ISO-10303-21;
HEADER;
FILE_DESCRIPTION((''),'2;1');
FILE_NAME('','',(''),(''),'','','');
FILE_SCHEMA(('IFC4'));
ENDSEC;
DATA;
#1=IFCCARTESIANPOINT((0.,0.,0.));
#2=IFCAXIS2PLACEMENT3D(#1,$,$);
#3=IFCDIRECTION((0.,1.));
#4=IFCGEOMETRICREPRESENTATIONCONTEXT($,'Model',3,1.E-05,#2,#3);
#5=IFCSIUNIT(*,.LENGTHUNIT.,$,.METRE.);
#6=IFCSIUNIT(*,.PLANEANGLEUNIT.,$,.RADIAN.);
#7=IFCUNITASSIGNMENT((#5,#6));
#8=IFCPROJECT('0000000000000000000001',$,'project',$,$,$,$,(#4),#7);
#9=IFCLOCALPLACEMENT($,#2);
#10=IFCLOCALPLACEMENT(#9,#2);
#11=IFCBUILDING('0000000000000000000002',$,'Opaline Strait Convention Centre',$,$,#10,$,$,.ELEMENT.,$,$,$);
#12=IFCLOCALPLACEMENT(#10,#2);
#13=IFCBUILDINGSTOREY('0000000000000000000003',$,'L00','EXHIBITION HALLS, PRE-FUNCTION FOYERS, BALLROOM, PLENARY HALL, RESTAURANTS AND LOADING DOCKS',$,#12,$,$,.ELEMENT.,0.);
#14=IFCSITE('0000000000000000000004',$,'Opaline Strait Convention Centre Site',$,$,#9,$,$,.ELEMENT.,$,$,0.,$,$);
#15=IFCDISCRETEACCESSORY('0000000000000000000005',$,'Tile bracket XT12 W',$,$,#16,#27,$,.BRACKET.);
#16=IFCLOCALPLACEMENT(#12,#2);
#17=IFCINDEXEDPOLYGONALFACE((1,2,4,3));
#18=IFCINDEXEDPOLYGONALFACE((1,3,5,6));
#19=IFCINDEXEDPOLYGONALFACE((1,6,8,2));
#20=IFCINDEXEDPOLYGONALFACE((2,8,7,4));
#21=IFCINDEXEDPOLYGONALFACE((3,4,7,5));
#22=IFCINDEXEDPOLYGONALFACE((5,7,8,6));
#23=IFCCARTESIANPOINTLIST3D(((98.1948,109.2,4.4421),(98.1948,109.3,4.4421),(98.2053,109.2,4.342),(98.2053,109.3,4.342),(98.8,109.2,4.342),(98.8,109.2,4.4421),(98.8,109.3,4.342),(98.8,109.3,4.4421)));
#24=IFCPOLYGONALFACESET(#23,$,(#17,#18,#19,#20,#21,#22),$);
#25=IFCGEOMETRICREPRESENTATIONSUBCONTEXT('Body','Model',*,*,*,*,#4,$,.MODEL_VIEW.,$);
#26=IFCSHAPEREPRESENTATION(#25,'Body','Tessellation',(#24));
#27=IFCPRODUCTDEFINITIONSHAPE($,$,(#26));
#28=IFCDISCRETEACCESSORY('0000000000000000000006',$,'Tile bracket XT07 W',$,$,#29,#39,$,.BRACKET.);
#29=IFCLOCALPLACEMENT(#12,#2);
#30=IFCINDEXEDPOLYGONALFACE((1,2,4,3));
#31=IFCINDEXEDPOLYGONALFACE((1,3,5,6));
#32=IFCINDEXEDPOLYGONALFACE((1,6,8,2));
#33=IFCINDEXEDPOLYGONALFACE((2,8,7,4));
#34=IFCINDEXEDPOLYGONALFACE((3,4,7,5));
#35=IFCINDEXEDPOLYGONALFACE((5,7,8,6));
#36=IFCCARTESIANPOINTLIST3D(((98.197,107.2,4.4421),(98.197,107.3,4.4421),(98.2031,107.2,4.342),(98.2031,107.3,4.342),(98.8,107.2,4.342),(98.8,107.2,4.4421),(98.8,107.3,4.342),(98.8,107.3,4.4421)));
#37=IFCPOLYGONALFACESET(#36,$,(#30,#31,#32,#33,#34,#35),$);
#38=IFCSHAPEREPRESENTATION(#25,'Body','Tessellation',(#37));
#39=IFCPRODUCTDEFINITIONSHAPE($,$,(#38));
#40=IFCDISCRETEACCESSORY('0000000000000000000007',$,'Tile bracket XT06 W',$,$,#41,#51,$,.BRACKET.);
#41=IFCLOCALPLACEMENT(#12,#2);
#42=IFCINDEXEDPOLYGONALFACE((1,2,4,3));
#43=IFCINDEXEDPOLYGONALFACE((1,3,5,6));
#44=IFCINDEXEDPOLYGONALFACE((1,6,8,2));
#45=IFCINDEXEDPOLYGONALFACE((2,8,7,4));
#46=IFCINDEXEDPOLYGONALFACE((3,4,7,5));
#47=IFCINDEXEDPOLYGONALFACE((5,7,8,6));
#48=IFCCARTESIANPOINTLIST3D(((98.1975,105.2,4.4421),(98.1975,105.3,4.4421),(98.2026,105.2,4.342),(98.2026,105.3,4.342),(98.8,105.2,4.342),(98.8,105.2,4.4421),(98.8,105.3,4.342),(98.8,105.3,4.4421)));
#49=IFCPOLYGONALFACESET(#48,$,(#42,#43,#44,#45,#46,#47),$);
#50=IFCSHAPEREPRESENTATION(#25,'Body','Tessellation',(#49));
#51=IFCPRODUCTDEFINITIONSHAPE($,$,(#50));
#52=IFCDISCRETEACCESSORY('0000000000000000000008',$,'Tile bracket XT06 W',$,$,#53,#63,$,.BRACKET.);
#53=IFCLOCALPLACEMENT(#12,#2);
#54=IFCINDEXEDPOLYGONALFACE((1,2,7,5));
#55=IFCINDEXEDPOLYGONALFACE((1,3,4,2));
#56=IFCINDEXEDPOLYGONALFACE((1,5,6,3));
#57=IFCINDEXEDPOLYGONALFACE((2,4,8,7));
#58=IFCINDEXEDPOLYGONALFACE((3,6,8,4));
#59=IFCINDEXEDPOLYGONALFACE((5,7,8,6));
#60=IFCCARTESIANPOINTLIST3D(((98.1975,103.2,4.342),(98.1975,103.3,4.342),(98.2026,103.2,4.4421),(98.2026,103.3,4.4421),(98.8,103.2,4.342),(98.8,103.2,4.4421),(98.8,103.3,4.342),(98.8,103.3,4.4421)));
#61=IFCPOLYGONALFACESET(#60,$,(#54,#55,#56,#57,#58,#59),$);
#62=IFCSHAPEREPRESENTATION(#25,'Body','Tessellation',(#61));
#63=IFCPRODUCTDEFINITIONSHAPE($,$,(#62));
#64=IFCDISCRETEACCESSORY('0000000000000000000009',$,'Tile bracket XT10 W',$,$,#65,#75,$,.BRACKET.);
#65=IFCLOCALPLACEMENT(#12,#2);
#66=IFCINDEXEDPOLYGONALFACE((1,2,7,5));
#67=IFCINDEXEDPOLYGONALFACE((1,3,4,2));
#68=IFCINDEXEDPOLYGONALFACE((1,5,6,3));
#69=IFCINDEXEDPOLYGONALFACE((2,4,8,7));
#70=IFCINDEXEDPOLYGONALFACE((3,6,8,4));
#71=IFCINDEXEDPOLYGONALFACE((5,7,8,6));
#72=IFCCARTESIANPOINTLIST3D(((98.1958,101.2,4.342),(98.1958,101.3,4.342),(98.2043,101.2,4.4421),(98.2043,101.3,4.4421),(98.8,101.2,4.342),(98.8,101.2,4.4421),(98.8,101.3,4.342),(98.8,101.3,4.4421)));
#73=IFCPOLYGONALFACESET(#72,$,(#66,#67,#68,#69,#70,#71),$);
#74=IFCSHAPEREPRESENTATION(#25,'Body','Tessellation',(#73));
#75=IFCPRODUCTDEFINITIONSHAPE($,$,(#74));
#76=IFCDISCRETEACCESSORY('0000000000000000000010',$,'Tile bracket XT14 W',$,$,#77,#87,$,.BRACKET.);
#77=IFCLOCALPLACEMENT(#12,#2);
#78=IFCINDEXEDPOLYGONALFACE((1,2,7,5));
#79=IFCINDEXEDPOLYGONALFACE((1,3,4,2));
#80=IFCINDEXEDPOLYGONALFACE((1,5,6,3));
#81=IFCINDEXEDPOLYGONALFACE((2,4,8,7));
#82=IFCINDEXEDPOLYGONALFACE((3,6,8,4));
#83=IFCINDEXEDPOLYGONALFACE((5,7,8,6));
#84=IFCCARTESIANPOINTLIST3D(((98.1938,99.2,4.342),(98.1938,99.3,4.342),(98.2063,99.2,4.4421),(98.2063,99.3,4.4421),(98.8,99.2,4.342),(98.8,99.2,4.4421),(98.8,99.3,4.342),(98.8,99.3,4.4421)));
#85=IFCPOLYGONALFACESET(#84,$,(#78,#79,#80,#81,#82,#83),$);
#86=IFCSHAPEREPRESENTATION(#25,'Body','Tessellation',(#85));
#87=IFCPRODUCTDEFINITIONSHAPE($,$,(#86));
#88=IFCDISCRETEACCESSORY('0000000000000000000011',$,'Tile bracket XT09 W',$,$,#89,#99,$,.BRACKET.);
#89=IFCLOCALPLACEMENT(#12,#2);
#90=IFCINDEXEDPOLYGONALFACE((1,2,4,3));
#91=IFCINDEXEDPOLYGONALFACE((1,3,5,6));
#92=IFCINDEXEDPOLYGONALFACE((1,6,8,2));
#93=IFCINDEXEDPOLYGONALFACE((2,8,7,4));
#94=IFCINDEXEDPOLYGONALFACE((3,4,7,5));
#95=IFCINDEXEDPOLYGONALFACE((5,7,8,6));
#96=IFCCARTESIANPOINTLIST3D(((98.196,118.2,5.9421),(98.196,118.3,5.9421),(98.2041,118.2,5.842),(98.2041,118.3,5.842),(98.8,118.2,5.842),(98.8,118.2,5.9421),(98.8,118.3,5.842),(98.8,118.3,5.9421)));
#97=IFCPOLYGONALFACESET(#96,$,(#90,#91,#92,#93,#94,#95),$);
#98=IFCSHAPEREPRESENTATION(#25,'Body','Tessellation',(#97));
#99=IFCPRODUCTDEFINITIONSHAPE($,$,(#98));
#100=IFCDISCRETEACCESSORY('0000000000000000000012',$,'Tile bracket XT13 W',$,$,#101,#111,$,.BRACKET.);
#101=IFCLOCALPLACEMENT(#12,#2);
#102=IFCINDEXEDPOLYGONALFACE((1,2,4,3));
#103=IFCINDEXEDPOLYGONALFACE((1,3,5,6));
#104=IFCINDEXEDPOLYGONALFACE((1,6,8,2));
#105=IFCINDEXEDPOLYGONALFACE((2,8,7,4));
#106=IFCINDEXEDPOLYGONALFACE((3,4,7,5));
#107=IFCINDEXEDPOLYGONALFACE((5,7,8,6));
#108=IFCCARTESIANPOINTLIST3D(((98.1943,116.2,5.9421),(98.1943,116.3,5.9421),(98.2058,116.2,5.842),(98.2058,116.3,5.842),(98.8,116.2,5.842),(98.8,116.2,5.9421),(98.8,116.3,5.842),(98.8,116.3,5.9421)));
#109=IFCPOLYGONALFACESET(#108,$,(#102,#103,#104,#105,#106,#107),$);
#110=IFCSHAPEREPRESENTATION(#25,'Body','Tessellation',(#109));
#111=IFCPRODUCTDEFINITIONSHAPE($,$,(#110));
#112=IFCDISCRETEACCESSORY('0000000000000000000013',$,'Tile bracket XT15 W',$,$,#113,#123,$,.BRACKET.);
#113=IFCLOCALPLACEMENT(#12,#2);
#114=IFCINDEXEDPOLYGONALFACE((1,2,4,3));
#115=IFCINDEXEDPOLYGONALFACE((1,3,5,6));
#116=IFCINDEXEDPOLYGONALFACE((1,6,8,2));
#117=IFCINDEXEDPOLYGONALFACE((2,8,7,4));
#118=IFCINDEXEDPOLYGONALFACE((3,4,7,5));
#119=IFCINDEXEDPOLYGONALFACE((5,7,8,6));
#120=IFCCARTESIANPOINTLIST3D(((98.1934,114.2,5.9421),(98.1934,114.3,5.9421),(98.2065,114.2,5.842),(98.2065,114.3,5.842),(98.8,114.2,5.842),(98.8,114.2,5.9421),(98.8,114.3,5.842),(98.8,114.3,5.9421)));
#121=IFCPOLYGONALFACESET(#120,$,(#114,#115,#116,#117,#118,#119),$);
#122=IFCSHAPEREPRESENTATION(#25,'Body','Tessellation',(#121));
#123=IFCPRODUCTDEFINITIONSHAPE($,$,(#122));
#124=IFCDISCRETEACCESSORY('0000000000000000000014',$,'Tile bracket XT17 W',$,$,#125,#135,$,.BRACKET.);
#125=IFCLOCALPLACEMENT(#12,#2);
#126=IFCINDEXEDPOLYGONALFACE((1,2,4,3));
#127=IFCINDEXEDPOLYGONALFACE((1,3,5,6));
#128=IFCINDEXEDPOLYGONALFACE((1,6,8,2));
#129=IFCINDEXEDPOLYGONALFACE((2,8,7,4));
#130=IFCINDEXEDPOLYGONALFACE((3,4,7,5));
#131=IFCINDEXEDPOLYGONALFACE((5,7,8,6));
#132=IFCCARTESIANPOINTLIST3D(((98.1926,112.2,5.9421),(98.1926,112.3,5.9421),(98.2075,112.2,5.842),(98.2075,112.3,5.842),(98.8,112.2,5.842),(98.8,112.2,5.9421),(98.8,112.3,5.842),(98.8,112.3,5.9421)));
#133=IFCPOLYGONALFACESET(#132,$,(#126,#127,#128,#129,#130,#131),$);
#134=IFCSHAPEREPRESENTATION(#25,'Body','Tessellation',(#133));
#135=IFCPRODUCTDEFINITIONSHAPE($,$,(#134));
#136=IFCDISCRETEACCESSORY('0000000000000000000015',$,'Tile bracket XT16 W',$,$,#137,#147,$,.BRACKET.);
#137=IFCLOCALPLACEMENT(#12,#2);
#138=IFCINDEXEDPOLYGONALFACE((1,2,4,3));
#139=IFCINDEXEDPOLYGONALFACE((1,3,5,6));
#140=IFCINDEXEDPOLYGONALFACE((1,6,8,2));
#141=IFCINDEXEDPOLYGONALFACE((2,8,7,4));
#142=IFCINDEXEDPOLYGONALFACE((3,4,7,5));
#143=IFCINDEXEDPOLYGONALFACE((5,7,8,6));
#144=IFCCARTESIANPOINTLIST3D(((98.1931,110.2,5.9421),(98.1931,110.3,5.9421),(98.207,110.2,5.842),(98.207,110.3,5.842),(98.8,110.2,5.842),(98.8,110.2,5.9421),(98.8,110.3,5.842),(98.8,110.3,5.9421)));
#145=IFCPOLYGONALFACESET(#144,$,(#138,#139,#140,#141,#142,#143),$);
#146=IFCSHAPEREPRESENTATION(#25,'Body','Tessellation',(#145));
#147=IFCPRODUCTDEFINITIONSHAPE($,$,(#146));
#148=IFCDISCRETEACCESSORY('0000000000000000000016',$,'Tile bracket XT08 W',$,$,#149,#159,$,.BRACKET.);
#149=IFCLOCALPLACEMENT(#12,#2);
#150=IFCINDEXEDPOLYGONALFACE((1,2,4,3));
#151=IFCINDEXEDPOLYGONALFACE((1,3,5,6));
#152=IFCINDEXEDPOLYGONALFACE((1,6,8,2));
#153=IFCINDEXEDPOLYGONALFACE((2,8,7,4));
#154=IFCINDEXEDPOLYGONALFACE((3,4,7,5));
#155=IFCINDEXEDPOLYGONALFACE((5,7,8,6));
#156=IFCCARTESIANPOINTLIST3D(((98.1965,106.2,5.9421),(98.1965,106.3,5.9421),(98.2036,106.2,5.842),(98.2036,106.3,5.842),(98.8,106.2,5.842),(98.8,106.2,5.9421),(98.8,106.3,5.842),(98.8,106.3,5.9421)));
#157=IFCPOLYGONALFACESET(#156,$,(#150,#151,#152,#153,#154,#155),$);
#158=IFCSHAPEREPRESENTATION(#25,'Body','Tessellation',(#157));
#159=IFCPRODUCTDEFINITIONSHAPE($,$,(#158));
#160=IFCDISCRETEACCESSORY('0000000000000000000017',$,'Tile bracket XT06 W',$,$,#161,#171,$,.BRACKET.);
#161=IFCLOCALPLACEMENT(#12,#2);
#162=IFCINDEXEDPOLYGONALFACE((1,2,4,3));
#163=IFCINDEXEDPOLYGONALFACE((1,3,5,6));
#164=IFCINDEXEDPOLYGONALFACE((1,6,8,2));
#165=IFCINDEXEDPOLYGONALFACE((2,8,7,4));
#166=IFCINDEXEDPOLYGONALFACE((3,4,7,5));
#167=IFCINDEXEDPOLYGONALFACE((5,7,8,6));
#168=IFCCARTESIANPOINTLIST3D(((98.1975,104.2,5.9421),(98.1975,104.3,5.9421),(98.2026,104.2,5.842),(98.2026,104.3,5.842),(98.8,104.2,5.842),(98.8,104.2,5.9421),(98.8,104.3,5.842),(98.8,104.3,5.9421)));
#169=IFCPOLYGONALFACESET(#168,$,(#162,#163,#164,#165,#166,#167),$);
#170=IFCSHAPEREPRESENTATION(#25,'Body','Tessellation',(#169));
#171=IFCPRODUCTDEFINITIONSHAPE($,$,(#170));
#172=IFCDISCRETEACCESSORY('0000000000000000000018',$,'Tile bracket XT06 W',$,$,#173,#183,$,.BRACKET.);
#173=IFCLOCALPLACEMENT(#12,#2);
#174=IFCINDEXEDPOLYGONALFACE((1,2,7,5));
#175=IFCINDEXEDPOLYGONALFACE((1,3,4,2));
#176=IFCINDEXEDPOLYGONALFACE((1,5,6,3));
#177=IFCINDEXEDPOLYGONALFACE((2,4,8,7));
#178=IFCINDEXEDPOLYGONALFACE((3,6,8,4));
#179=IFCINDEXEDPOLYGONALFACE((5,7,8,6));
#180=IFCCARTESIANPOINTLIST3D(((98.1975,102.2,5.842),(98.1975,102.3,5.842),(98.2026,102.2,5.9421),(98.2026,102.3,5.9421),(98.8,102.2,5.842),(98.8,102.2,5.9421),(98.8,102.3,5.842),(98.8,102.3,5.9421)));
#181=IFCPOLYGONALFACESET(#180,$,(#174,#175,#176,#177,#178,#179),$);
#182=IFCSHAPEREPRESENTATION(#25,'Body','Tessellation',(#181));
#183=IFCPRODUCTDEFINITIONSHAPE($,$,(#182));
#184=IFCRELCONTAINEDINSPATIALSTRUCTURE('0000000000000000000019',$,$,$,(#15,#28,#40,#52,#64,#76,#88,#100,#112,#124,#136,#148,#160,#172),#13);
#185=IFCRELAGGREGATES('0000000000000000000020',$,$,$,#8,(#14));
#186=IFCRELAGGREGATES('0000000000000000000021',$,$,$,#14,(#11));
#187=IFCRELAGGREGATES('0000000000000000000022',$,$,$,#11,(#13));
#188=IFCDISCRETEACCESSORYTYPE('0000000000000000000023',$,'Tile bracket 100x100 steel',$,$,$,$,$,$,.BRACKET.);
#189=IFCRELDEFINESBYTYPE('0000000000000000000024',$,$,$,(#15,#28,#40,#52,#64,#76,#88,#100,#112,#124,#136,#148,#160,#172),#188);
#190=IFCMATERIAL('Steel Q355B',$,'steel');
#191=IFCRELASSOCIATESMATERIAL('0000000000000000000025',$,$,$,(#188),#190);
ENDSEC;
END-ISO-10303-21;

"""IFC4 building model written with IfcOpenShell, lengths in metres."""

from ifc_helpers import new_model, si_unit, direction, frame, origin, place, context, subcontext, project, spatial, polyline, outline, extrude, material, type_object, element, save


model = new_model("IFC4")

# Units and contexts
model_context = context("Model", 3, precision=1e-05, world=origin(), true_north=direction((0.0, 1.0)))
body_context = subcontext(model_context, "Body", "Model", "MODEL_VIEW")
ifc_project = project(units=[si_unit("LENGTHUNIT", "METRE"), si_unit("PLANEANGLEUNIT", "RADIAN")], contexts=[model_context])

# Site, building, storey
site_placement = place(None, origin())
site = spatial("IfcSite", under=ifc_project, at=site_placement, Name="Opaline Strait Convention Centre Site", CompositionType="ELEMENT", RefElevation=0.0)
building_placement = place(site_placement, origin())
building = spatial("IfcBuilding", under=site, at=building_placement, Name="Opaline Strait Convention Centre", CompositionType="ELEMENT")
storey_placement = place(building_placement, origin())
storey = spatial("IfcBuildingStorey", under=building, at=storey_placement, Name="L00", Description="EXHIBITION HALLS, PRE-FUNCTION FOYERS, BALLROOM, PLENARY HALL, RESTAURANTS AND LOADING DOCKS", CompositionType="ELEMENT", Elevation=0.0)

# Shared definitions
ifc_material_1 = material(Name="Steel Q355B", Category="steel")

# Discrete accessories
discrete_accessory_type = type_object("IfcDiscreteAccessoryType", Name="Tile bracket 100x100 steel", PredefinedType="BRACKET", material=ifc_material_1)
discrete_accessory_1_placement = place(storey_placement, frame((98.8, 109.3, 4.3921), z_axis=(0.0, -1.0, 0.0), x_axis=(1.0, 0.0, 0.0)))
element("IfcDiscreteAccessory", 1, at=discrete_accessory_1_placement, inside=storey, type_object=discrete_accessory_type, Name="Tile bracket XT12 W", PredefinedType="BRACKET", context=body_context, shape_type="SweptSolid", body=[
    extrude(outline(polyline([(0.0, -0.05), (0.0, 0.05), (-0.6052, 0.05), (-0.5947, -0.05), (0.0, -0.05)])), origin(), (0.0, 0.0, 1.0), 0.1001),
])
discrete_accessory_2_placement = place(storey_placement, frame((98.8, 107.3, 4.3921), z_axis=(0.0, -1.0, 0.0), x_axis=(1.0, 0.0, 0.0)))
element("IfcDiscreteAccessory", 2, at=discrete_accessory_2_placement, inside=storey, type_object=discrete_accessory_type, Name="Tile bracket XT07 W", PredefinedType="BRACKET", context=body_context, shape_type="SweptSolid", body=[
    extrude(outline(polyline([(0.0, -0.05), (0.0, 0.05), (-0.603, 0.05), (-0.5969, -0.05), (0.0, -0.05)])), origin(), (0.0, 0.0, 1.0), 0.1001),
])
discrete_accessory_3_placement = place(storey_placement, frame((98.8, 105.3, 4.3921), z_axis=(0.0, -1.0, 0.0), x_axis=(1.0, 0.0, 0.0)))
element("IfcDiscreteAccessory", 3, at=discrete_accessory_3_placement, inside=storey, type_object=discrete_accessory_type, Name="Tile bracket XT06 W", PredefinedType="BRACKET", context=body_context, shape_type="SweptSolid", body=[
    extrude(outline(polyline([(0.0, -0.05), (0.0, 0.05), (-0.6025, 0.05), (-0.5974, -0.05), (0.0, -0.05)])), origin(), (0.0, 0.0, 1.0), 0.1001),
])
discrete_accessory_4_placement = place(storey_placement, frame((98.8, 103.3, 4.3921), z_axis=(0.0, -1.0, 0.0), x_axis=(1.0, 0.0, 0.0)))
element("IfcDiscreteAccessory", 4, at=discrete_accessory_4_placement, inside=storey, type_object=discrete_accessory_type, Name="Tile bracket XT06 W", PredefinedType="BRACKET", context=body_context, shape_type="SweptSolid", body=[
    extrude(outline(polyline([(0.0, -0.05), (0.0, 0.05), (-0.5974, 0.05), (-0.6025, -0.05), (0.0, -0.05)])), origin(), (0.0, 0.0, 1.0), 0.1001),
])
discrete_accessory_5_placement = place(storey_placement, frame((98.8, 101.3, 4.3921), z_axis=(0.0, -1.0, 0.0), x_axis=(1.0, 0.0, 0.0)))
element("IfcDiscreteAccessory", 5, at=discrete_accessory_5_placement, inside=storey, type_object=discrete_accessory_type, Name="Tile bracket XT10 W", PredefinedType="BRACKET", context=body_context, shape_type="SweptSolid", body=[
    extrude(outline(polyline([(0.0, -0.05), (0.0, 0.05), (-0.5957, 0.05), (-0.6042, -0.05), (0.0, -0.05)])), origin(), (0.0, 0.0, 1.0), 0.1001),
])
discrete_accessory_6_placement = place(storey_placement, frame((98.8, 99.3, 4.3921), z_axis=(0.0, -1.0, 0.0), x_axis=(1.0, 0.0, 0.0)))
element("IfcDiscreteAccessory", 6, at=discrete_accessory_6_placement, inside=storey, type_object=discrete_accessory_type, Name="Tile bracket XT14 W", PredefinedType="BRACKET", context=body_context, shape_type="SweptSolid", body=[
    extrude(outline(polyline([(0.0, -0.05), (0.0, 0.05), (-0.5938, 0.05), (-0.6062, -0.05), (0.0, -0.05)])), origin(), (0.0, 0.0, 1.0), 0.1001),
])
discrete_accessory_7_placement = place(storey_placement, frame((98.8, 118.3, 5.8921), z_axis=(0.0, -1.0, 0.0), x_axis=(1.0, 0.0, 0.0)))
element("IfcDiscreteAccessory", 7, at=discrete_accessory_7_placement, inside=storey, type_object=discrete_accessory_type, Name="Tile bracket XT09 W", PredefinedType="BRACKET", context=body_context, shape_type="SweptSolid", body=[
    extrude(outline(polyline([(0.0, -0.05), (0.0, 0.05), (-0.604, 0.05), (-0.5959, -0.05), (0.0, -0.05)])), origin(), (0.0, 0.0, 1.0), 0.1001),
])
discrete_accessory_8_placement = place(storey_placement, frame((98.8, 116.3, 5.8921), z_axis=(0.0, -1.0, 0.0), x_axis=(1.0, 0.0, 0.0)))
element("IfcDiscreteAccessory", 8, at=discrete_accessory_8_placement, inside=storey, type_object=discrete_accessory_type, Name="Tile bracket XT13 W", PredefinedType="BRACKET", context=body_context, shape_type="SweptSolid", body=[
    extrude(outline(polyline([(0.0, -0.05), (0.0, 0.05), (-0.6057, 0.05), (-0.5942, -0.05), (0.0, -0.05)])), origin(), (0.0, 0.0, 1.0), 0.1001),
])
discrete_accessory_9_placement = place(storey_placement, frame((98.8, 114.3, 5.8921), z_axis=(0.0, -1.0, 0.0), x_axis=(1.0, 0.0, 0.0)))
element("IfcDiscreteAccessory", 9, at=discrete_accessory_9_placement, inside=storey, type_object=discrete_accessory_type, Name="Tile bracket XT15 W", PredefinedType="BRACKET", context=body_context, shape_type="SweptSolid", body=[
    extrude(outline(polyline([(0.0, -0.05), (0.0, 0.05), (-0.6067, 0.05), (-0.5935, -0.05), (0.0, -0.05)])), origin(), (0.0, 0.0, 1.0), 0.1001),
])
discrete_accessory_10_placement = place(storey_placement, frame((98.8, 112.3, 5.8921), z_axis=(0.0, -1.0, 0.0), x_axis=(1.0, 0.0, 0.0)))
element("IfcDiscreteAccessory", 10, at=discrete_accessory_10_placement, inside=storey, type_object=discrete_accessory_type, Name="Tile bracket XT17 W", PredefinedType="BRACKET", context=body_context, shape_type="SweptSolid", body=[
    extrude(outline(polyline([(0.0, -0.05), (0.0, 0.05), (-0.6074, 0.05), (-0.5925, -0.05), (0.0, -0.05)])), origin(), (0.0, 0.0, 1.0), 0.1001),
])
discrete_accessory_11_placement = place(storey_placement, frame((98.8, 110.3, 5.8921), z_axis=(0.0, -1.0, 0.0), x_axis=(1.0, 0.0, 0.0)))
element("IfcDiscreteAccessory", 11, at=discrete_accessory_11_placement, inside=storey, type_object=discrete_accessory_type, Name="Tile bracket XT16 W", PredefinedType="BRACKET", context=body_context, shape_type="SweptSolid", body=[
    extrude(outline(polyline([(0.0, -0.05), (0.0, 0.05), (-0.6069, 0.05), (-0.593, -0.05), (0.0, -0.05)])), origin(), (0.0, 0.0, 1.0), 0.1001),
])
discrete_accessory_12_placement = place(storey_placement, frame((98.8, 106.3, 5.8921), z_axis=(0.0, -1.0, 0.0), x_axis=(1.0, 0.0, 0.0)))
element("IfcDiscreteAccessory", 12, at=discrete_accessory_12_placement, inside=storey, type_object=discrete_accessory_type, Name="Tile bracket XT08 W", PredefinedType="BRACKET", context=body_context, shape_type="SweptSolid", body=[
    extrude(outline(polyline([(0.0, -0.05), (0.0, 0.05), (-0.6035, 0.05), (-0.5964, -0.05), (0.0, -0.05)])), origin(), (0.0, 0.0, 1.0), 0.1001),
])
discrete_accessory_13_placement = place(storey_placement, frame((98.8, 104.3, 5.8921), z_axis=(0.0, -1.0, 0.0), x_axis=(1.0, 0.0, 0.0)))
element("IfcDiscreteAccessory", 13, at=discrete_accessory_13_placement, inside=storey, type_object=discrete_accessory_type, Name="Tile bracket XT06 W", PredefinedType="BRACKET", context=body_context, shape_type="SweptSolid", body=[
    extrude(outline(polyline([(0.0, -0.05), (0.0, 0.05), (-0.6025, 0.05), (-0.5974, -0.05), (0.0, -0.05)])), origin(), (0.0, 0.0, 1.0), 0.1001),
])
discrete_accessory_14_placement = place(storey_placement, frame((98.8, 102.3, 5.8921), z_axis=(0.0, -1.0, 0.0), x_axis=(1.0, 0.0, 0.0)))
element("IfcDiscreteAccessory", 14, at=discrete_accessory_14_placement, inside=storey, type_object=discrete_accessory_type, Name="Tile bracket XT06 W", PredefinedType="BRACKET", context=body_context, shape_type="SweptSolid", body=[
    extrude(outline(polyline([(0.0, -0.05), (0.0, 0.05), (-0.5974, 0.05), (-0.6025, -0.05), (0.0, -0.05)])), origin(), (0.0, 0.0, 1.0), 0.1001),
])

save(model, "model.ifc")
